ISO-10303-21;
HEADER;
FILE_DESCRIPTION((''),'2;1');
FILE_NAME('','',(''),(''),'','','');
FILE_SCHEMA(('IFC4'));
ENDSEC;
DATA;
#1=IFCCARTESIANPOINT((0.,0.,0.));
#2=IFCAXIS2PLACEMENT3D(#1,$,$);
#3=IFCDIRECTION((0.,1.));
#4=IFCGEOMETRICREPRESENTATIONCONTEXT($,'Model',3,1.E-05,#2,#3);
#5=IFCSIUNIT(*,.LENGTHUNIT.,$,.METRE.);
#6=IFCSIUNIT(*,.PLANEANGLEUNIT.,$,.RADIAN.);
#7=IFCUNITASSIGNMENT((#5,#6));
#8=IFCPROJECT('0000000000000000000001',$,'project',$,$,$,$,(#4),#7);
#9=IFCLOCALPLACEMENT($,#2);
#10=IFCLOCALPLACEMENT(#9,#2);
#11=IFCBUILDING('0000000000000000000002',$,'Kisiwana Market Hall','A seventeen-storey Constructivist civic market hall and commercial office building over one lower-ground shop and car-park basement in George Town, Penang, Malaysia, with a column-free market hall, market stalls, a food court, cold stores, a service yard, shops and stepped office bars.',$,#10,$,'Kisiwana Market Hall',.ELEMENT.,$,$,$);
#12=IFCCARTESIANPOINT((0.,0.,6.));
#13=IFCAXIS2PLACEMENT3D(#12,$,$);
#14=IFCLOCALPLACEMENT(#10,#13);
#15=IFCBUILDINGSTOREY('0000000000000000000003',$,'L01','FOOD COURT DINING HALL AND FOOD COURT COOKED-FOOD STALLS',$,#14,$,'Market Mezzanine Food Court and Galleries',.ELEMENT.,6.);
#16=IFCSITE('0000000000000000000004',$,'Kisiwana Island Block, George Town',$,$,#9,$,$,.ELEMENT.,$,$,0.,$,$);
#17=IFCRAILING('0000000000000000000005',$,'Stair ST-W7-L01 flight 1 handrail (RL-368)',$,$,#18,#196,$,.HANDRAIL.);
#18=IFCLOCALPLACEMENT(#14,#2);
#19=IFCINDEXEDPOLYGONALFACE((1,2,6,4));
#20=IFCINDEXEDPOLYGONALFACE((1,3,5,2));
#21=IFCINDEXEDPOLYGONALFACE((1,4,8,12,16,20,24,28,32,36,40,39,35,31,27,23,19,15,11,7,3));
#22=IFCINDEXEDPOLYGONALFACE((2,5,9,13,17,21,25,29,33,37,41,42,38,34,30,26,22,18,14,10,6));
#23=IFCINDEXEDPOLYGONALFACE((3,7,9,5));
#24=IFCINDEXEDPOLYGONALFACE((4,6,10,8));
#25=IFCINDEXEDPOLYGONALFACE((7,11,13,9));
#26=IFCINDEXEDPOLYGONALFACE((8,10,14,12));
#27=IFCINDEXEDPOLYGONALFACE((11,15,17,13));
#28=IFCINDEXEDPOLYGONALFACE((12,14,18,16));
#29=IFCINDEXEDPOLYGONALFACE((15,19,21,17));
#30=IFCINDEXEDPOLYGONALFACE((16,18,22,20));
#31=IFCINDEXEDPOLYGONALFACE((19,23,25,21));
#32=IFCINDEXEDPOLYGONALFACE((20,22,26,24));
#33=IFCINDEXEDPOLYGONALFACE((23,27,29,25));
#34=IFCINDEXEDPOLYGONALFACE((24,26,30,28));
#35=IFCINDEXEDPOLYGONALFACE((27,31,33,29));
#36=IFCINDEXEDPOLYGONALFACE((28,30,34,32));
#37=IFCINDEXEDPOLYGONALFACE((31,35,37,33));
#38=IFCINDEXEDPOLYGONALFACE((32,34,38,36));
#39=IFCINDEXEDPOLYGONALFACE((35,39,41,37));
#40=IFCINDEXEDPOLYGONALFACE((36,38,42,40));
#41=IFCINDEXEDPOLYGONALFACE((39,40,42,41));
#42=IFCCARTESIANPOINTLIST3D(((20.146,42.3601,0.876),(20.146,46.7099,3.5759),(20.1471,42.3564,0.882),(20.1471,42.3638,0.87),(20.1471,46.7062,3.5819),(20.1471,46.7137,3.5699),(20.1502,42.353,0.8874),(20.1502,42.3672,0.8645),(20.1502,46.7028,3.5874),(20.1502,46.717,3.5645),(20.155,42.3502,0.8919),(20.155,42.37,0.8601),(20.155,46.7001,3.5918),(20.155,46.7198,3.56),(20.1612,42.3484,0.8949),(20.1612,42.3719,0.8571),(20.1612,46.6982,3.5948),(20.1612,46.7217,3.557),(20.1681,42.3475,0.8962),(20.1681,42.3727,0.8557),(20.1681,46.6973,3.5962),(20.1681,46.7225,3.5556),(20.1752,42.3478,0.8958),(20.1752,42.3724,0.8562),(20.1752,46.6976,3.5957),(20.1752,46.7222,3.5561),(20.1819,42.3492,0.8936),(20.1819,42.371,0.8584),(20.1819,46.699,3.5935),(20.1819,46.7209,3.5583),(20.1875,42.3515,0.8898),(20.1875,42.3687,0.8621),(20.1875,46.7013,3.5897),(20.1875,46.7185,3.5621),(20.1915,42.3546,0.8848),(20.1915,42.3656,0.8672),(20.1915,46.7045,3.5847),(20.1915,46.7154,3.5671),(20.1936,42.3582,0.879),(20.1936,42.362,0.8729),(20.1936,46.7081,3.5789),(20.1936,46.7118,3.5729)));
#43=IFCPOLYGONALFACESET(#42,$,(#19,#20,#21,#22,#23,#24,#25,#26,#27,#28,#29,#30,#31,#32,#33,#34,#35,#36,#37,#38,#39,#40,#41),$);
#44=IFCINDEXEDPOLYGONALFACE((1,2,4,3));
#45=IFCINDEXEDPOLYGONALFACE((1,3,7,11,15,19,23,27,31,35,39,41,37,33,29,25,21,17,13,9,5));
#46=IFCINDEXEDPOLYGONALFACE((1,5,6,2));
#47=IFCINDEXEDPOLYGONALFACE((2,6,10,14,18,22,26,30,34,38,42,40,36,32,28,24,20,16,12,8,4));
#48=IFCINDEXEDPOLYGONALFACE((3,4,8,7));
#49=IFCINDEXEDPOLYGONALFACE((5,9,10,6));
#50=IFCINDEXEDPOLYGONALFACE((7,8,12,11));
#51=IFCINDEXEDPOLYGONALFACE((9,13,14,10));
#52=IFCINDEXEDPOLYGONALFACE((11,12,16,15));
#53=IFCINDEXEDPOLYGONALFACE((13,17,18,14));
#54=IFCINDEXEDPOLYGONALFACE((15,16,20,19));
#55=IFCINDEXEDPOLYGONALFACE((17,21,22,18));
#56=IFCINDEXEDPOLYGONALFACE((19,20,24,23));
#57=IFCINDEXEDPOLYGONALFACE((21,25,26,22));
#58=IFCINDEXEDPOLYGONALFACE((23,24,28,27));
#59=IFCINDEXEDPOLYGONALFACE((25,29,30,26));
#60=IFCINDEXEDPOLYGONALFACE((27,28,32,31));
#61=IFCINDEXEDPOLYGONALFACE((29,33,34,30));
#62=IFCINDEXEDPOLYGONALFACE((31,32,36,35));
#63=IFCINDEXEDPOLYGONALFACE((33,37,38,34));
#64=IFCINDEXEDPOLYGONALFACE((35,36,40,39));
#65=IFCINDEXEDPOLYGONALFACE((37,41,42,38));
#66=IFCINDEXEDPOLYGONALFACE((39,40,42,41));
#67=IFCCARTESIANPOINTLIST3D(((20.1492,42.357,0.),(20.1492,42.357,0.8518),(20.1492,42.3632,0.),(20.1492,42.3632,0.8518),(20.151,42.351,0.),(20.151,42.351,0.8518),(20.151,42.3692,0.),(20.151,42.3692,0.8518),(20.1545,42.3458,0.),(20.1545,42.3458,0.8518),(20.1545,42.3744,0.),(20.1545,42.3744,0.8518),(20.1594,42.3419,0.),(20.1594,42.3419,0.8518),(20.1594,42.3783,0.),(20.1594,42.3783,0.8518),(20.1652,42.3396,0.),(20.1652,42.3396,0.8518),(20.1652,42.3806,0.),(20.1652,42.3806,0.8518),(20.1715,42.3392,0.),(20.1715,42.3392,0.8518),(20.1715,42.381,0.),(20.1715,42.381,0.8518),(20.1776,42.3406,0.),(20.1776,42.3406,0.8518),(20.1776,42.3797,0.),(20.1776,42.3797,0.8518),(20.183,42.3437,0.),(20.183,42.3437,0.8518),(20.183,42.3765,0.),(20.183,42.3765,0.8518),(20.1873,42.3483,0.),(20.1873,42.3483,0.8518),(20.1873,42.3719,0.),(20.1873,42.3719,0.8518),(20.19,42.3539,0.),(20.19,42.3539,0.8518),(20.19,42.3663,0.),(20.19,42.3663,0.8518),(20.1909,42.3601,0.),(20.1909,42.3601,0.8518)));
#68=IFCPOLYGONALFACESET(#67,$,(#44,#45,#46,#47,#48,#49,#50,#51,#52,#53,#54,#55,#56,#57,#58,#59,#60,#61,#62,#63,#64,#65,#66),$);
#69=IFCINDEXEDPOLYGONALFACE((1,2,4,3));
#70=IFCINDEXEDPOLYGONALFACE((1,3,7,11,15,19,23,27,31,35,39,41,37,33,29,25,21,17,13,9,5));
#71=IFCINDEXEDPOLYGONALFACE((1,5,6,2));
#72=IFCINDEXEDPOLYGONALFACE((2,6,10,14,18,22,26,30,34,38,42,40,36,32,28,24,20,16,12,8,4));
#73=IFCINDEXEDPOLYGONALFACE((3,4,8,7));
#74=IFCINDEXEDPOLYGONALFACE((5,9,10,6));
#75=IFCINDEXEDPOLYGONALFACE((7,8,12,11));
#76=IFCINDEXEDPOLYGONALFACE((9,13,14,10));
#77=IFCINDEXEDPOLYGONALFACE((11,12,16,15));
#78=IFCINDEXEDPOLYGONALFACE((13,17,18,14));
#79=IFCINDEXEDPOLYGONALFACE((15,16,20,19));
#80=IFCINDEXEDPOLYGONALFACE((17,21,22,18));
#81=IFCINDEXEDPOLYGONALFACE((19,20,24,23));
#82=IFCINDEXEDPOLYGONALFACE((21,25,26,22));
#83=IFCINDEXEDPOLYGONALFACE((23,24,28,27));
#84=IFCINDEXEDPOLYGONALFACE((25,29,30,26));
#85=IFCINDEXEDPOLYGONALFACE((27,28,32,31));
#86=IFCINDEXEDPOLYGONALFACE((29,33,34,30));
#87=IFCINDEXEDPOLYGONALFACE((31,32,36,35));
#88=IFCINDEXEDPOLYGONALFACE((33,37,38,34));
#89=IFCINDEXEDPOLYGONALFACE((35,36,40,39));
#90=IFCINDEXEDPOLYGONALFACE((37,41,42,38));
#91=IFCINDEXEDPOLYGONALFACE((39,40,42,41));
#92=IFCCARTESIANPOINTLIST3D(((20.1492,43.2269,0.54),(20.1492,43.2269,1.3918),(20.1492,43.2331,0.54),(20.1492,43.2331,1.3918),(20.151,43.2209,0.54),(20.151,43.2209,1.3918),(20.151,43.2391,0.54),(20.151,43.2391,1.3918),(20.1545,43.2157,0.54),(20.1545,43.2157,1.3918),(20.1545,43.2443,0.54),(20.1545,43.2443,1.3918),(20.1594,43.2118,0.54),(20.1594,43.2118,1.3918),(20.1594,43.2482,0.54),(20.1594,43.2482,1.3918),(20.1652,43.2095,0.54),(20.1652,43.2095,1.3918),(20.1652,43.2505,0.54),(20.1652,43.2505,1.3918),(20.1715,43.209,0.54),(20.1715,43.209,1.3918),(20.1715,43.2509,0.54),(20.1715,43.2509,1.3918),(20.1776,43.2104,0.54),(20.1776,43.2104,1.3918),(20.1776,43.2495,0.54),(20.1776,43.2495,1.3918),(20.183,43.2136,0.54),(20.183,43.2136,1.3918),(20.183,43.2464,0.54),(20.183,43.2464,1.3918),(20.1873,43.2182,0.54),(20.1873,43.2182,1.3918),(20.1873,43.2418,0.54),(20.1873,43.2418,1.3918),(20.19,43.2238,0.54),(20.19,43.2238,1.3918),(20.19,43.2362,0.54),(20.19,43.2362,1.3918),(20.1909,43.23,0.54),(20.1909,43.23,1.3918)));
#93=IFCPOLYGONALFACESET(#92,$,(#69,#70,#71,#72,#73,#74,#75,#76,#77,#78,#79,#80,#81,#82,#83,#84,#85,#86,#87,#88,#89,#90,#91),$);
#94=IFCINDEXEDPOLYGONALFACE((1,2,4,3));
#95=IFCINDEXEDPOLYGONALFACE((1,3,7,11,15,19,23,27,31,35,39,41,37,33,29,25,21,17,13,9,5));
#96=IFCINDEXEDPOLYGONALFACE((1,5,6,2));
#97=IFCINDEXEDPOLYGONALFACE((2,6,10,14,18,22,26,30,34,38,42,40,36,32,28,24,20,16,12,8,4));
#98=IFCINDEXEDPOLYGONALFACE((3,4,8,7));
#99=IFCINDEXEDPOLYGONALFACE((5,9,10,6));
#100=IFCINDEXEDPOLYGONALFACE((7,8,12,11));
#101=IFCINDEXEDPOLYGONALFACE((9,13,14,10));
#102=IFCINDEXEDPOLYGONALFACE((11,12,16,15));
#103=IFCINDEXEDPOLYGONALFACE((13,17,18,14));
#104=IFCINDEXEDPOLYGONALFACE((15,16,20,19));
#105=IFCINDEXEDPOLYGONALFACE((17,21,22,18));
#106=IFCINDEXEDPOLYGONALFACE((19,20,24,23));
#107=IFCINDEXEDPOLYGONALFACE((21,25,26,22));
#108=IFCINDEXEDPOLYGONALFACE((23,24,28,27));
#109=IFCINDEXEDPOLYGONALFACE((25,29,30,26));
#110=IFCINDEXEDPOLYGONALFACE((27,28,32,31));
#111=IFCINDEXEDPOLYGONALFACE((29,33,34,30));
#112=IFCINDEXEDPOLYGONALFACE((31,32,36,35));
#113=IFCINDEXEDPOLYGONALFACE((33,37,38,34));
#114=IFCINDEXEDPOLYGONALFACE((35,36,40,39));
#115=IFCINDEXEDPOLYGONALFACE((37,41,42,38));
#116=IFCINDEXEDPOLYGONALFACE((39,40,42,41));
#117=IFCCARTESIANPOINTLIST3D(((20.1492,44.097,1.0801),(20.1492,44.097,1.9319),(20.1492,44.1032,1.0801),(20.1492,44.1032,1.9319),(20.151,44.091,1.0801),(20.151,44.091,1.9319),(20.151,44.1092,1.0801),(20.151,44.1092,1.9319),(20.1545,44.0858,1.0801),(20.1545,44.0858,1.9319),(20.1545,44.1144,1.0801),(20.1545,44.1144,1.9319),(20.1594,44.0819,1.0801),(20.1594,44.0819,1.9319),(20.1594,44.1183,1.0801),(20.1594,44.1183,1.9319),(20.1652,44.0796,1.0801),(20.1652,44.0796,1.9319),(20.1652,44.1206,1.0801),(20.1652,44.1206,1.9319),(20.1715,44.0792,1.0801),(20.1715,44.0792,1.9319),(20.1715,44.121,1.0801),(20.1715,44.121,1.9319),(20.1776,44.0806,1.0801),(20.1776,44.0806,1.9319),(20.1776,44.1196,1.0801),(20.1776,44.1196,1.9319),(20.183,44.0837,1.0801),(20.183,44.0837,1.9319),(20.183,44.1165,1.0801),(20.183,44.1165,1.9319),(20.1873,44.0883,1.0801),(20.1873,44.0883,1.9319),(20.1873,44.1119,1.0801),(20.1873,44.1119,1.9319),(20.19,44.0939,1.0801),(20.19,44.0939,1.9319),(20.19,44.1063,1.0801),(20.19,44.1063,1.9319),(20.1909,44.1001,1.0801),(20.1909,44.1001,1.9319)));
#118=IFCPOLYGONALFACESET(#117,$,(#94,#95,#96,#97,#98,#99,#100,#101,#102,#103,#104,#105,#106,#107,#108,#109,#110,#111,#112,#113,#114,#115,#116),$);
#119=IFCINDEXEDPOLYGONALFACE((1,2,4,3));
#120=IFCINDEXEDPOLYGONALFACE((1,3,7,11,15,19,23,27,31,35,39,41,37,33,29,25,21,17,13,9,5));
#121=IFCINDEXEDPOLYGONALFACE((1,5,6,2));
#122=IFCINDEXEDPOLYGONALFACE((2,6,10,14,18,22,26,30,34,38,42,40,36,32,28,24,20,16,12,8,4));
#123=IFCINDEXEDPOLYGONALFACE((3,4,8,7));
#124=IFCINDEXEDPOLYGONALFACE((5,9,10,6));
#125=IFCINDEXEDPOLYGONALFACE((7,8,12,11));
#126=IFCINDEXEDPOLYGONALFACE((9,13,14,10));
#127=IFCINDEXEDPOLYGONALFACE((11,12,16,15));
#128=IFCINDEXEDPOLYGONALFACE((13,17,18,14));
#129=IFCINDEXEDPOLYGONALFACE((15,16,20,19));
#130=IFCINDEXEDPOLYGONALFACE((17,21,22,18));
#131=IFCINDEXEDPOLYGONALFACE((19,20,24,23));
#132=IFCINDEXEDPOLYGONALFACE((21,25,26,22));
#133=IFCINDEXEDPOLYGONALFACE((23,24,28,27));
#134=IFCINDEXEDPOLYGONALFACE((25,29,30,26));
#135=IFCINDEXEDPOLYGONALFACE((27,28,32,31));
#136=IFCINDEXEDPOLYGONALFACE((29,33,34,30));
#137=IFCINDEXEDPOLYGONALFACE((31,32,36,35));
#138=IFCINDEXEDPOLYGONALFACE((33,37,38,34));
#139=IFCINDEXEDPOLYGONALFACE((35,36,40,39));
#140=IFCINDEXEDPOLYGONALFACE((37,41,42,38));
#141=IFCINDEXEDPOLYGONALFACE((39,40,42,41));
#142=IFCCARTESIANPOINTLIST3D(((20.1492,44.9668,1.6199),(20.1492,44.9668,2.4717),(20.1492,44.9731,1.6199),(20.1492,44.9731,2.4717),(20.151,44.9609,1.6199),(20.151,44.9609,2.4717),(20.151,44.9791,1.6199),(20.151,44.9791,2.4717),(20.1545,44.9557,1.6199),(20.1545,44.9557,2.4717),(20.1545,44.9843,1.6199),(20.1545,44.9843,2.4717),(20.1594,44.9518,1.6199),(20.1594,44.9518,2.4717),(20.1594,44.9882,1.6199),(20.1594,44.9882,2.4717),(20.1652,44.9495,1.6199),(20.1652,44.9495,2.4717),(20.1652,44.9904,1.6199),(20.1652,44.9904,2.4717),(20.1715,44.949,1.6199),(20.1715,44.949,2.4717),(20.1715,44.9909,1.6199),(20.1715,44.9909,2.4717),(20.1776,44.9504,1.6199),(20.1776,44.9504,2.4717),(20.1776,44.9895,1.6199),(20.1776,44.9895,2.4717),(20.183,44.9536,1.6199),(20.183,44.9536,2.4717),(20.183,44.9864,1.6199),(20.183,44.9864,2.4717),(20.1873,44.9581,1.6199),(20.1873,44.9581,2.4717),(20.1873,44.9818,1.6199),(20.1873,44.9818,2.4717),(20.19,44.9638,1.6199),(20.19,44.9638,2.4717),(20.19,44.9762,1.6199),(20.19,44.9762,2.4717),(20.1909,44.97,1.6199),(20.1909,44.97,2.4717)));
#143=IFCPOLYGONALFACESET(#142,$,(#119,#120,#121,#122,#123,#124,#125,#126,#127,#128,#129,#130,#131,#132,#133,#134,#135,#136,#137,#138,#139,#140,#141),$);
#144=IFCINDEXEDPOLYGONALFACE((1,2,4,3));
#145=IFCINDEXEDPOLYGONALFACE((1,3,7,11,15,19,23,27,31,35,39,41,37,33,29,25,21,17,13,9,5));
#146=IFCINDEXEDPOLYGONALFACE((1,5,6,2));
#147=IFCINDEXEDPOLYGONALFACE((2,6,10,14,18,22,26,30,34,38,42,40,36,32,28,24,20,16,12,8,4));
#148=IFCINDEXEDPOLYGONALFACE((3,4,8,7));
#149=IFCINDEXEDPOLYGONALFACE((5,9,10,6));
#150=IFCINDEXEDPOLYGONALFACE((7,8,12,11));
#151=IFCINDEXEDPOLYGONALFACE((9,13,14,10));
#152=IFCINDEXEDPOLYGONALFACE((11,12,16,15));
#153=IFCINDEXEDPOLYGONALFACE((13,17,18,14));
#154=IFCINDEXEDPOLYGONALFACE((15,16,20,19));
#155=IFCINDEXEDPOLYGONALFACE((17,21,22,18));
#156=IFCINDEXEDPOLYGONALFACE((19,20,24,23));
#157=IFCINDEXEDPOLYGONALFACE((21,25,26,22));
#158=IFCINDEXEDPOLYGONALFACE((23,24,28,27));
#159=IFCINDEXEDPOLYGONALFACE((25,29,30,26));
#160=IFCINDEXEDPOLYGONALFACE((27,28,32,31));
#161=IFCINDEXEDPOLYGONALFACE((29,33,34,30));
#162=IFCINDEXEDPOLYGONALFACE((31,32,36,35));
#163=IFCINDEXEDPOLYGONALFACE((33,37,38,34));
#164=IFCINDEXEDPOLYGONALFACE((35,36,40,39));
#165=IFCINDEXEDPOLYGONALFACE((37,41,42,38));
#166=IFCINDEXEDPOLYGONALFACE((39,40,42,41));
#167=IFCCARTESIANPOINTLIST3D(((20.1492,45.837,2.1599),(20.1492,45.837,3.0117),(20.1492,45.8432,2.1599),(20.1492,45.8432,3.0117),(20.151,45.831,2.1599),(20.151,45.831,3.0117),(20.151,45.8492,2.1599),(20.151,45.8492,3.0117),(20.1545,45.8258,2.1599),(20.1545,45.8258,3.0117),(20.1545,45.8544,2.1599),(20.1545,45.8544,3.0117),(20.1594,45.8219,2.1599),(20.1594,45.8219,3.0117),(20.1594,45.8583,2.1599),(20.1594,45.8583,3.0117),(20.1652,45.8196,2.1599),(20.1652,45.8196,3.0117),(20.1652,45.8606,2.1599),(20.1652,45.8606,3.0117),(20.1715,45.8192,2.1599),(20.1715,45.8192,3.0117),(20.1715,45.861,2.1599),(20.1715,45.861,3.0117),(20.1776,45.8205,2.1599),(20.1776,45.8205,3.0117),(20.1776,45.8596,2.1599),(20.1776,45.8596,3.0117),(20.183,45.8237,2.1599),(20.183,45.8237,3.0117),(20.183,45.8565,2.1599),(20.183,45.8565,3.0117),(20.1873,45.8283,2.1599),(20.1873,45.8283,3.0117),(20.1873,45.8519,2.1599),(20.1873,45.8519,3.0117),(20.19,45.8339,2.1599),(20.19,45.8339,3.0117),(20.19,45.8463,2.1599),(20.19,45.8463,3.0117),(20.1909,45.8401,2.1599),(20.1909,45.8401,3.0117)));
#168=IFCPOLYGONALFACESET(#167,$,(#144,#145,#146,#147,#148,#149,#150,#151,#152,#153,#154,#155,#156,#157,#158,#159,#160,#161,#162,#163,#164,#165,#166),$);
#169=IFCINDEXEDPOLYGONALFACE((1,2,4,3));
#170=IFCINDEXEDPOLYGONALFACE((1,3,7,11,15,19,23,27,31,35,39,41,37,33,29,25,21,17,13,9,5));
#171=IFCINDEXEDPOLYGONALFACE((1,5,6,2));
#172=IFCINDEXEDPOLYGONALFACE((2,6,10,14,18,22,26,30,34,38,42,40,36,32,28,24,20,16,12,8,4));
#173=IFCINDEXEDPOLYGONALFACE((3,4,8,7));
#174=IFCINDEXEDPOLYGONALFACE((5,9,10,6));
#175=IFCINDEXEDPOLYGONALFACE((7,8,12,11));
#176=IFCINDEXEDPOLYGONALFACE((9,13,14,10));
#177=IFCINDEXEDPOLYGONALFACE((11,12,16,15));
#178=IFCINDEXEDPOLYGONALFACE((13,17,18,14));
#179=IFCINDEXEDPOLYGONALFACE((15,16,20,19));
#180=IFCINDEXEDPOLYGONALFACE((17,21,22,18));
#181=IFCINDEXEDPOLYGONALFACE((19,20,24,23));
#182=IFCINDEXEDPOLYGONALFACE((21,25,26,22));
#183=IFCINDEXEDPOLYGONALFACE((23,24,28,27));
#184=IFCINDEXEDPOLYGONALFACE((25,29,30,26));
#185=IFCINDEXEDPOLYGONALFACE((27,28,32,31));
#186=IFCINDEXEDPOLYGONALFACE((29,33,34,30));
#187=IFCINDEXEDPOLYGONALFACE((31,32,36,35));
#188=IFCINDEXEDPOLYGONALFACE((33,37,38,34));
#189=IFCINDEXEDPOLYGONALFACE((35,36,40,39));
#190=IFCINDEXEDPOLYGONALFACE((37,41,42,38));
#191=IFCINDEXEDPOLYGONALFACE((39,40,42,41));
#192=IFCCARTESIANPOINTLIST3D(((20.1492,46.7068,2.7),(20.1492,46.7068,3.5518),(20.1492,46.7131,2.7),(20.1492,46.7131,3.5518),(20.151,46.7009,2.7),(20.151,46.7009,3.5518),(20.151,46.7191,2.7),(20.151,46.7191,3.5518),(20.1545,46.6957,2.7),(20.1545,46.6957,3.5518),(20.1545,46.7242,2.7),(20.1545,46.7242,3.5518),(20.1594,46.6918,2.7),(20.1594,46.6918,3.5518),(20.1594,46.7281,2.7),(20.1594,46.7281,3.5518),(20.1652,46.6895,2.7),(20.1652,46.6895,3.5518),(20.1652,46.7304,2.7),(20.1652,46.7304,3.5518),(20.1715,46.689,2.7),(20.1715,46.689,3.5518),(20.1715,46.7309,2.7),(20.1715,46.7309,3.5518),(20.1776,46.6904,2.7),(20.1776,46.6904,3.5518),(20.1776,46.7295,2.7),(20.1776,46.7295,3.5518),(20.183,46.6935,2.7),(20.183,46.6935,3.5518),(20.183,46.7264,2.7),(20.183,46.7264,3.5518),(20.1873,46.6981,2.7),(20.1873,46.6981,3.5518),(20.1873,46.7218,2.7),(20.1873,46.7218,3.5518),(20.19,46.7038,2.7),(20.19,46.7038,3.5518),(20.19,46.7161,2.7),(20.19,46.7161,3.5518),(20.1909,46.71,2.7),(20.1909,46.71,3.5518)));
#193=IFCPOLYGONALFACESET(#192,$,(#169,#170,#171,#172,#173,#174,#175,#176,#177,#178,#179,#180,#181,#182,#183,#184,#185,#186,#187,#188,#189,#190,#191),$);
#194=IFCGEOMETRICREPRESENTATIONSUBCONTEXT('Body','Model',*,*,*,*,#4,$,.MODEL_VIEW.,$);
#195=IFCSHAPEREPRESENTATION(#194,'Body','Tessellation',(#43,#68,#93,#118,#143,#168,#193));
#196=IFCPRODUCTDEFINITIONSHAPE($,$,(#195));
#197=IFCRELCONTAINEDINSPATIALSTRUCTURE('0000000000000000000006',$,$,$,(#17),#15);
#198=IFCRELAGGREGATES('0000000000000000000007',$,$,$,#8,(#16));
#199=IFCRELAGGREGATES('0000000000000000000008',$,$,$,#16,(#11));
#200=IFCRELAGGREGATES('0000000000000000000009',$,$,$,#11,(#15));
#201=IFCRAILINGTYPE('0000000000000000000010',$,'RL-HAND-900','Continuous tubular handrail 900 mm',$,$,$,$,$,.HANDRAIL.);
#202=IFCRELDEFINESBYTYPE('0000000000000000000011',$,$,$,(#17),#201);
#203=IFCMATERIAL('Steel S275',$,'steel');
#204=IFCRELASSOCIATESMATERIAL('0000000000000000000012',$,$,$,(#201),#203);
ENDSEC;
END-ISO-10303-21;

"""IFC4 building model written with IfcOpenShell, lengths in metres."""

from ifc_helpers import new_model, si_unit, direction, frame, origin, origin_2d, place, context, subcontext, project, spatial, circle, extrude, material, type_object, element, save


model = new_model("IFC4")

# Units and contexts
model_context = context("Model", 3, precision=1e-05, world=origin(), true_north=direction((0.0, 1.0)))
body_context = subcontext(model_context, "Body", "Model", "MODEL_VIEW")
ifc_project = project(units=[si_unit("LENGTHUNIT", "METRE"), si_unit("PLANEANGLEUNIT", "RADIAN")], contexts=[model_context])

# Site, building, storey
site_placement = place(None, origin())
site = spatial("IfcSite", under=ifc_project, at=site_placement, Name="Kisiwana Island Block, George Town", CompositionType="ELEMENT", RefElevation=0.0)
building_placement = place(site_placement, origin())
building = spatial("IfcBuilding", under=site, at=building_placement, Name="Kisiwana Market Hall", Description="A seventeen-storey Constructivist civic market hall and commercial office building over one lower-ground shop and car-park basement in George Town, Penang, Malaysia, with a column-free market hall, market stalls, a food court, cold stores, a service yard, shops and stepped office bars.", LongName="Kisiwana Market Hall", CompositionType="ELEMENT")
storey_placement = place(building_placement, frame((0.0, 0.0, 6.0)))
storey = spatial("IfcBuildingStorey", under=building, at=storey_placement, Name="L01", Description="FOOD COURT DINING HALL AND FOOD COURT COOKED-FOOD STALLS", LongName="Market Mezzanine Food Court and Galleries", CompositionType="ELEMENT", Elevation=6.0)

# Railing
ifc_material_1 = material(Name="Steel S275", Category="steel")
railing_type_1 = type_object("IfcRailingType", Name="RL-HAND-900", Description="Continuous tubular handrail 900 mm", PredefinedType="HANDRAIL", material=ifc_material_1)
for number, where, name in (
    (1, (20.1699, 42.3601, 0.0), "Stair ST-W7-L01 flight 1 handrail (RL-368)"),
):
    element("IfcRailing", number, at=place(storey_placement, frame(where)), inside=storey, type_object=railing_type_1, Name=name, PredefinedType="HANDRAIL", context=body_context, shape_type="SweptSolid", body=[
        extrude(circle(Radius=0.0239, at=origin_2d()), frame((0.0, 0.0, 0.876), z_axis=(0.0, 0.849636, 0.527369), x_axis=(-1.0, 0.0, 0.0)), (0.0, 0.0, 1.0), 5.1196),
        extrude(circle(Radius=0.021, at=origin_2d()), origin(), (0.0, 0.0, 1.0), 0.8518),
        extrude(circle(Radius=0.021, at=origin_2d()), frame((0.0, 0.8699, 0.54)), (0.0, 0.0, 1.0), 0.8518),
        extrude(circle(Radius=0.021, at=origin_2d()), frame((0.0, 1.74, 1.0801)), (0.0, 0.0, 1.0), 0.8518),
        extrude(circle(Radius=0.021, at=origin_2d()), frame((0.0, 2.6099, 1.6199)), (0.0, 0.0, 1.0), 0.8518),
        extrude(circle(Radius=0.021, at=origin_2d()), frame((0.0, 3.48, 2.1599)), (0.0, 0.0, 1.0), 0.8518),
        extrude(circle(Radius=0.021, at=origin_2d()), frame((0.0, 4.3499, 2.7)), (0.0, 0.0, 1.0), 0.8518),
    ])

save(model, "model.ifc")
